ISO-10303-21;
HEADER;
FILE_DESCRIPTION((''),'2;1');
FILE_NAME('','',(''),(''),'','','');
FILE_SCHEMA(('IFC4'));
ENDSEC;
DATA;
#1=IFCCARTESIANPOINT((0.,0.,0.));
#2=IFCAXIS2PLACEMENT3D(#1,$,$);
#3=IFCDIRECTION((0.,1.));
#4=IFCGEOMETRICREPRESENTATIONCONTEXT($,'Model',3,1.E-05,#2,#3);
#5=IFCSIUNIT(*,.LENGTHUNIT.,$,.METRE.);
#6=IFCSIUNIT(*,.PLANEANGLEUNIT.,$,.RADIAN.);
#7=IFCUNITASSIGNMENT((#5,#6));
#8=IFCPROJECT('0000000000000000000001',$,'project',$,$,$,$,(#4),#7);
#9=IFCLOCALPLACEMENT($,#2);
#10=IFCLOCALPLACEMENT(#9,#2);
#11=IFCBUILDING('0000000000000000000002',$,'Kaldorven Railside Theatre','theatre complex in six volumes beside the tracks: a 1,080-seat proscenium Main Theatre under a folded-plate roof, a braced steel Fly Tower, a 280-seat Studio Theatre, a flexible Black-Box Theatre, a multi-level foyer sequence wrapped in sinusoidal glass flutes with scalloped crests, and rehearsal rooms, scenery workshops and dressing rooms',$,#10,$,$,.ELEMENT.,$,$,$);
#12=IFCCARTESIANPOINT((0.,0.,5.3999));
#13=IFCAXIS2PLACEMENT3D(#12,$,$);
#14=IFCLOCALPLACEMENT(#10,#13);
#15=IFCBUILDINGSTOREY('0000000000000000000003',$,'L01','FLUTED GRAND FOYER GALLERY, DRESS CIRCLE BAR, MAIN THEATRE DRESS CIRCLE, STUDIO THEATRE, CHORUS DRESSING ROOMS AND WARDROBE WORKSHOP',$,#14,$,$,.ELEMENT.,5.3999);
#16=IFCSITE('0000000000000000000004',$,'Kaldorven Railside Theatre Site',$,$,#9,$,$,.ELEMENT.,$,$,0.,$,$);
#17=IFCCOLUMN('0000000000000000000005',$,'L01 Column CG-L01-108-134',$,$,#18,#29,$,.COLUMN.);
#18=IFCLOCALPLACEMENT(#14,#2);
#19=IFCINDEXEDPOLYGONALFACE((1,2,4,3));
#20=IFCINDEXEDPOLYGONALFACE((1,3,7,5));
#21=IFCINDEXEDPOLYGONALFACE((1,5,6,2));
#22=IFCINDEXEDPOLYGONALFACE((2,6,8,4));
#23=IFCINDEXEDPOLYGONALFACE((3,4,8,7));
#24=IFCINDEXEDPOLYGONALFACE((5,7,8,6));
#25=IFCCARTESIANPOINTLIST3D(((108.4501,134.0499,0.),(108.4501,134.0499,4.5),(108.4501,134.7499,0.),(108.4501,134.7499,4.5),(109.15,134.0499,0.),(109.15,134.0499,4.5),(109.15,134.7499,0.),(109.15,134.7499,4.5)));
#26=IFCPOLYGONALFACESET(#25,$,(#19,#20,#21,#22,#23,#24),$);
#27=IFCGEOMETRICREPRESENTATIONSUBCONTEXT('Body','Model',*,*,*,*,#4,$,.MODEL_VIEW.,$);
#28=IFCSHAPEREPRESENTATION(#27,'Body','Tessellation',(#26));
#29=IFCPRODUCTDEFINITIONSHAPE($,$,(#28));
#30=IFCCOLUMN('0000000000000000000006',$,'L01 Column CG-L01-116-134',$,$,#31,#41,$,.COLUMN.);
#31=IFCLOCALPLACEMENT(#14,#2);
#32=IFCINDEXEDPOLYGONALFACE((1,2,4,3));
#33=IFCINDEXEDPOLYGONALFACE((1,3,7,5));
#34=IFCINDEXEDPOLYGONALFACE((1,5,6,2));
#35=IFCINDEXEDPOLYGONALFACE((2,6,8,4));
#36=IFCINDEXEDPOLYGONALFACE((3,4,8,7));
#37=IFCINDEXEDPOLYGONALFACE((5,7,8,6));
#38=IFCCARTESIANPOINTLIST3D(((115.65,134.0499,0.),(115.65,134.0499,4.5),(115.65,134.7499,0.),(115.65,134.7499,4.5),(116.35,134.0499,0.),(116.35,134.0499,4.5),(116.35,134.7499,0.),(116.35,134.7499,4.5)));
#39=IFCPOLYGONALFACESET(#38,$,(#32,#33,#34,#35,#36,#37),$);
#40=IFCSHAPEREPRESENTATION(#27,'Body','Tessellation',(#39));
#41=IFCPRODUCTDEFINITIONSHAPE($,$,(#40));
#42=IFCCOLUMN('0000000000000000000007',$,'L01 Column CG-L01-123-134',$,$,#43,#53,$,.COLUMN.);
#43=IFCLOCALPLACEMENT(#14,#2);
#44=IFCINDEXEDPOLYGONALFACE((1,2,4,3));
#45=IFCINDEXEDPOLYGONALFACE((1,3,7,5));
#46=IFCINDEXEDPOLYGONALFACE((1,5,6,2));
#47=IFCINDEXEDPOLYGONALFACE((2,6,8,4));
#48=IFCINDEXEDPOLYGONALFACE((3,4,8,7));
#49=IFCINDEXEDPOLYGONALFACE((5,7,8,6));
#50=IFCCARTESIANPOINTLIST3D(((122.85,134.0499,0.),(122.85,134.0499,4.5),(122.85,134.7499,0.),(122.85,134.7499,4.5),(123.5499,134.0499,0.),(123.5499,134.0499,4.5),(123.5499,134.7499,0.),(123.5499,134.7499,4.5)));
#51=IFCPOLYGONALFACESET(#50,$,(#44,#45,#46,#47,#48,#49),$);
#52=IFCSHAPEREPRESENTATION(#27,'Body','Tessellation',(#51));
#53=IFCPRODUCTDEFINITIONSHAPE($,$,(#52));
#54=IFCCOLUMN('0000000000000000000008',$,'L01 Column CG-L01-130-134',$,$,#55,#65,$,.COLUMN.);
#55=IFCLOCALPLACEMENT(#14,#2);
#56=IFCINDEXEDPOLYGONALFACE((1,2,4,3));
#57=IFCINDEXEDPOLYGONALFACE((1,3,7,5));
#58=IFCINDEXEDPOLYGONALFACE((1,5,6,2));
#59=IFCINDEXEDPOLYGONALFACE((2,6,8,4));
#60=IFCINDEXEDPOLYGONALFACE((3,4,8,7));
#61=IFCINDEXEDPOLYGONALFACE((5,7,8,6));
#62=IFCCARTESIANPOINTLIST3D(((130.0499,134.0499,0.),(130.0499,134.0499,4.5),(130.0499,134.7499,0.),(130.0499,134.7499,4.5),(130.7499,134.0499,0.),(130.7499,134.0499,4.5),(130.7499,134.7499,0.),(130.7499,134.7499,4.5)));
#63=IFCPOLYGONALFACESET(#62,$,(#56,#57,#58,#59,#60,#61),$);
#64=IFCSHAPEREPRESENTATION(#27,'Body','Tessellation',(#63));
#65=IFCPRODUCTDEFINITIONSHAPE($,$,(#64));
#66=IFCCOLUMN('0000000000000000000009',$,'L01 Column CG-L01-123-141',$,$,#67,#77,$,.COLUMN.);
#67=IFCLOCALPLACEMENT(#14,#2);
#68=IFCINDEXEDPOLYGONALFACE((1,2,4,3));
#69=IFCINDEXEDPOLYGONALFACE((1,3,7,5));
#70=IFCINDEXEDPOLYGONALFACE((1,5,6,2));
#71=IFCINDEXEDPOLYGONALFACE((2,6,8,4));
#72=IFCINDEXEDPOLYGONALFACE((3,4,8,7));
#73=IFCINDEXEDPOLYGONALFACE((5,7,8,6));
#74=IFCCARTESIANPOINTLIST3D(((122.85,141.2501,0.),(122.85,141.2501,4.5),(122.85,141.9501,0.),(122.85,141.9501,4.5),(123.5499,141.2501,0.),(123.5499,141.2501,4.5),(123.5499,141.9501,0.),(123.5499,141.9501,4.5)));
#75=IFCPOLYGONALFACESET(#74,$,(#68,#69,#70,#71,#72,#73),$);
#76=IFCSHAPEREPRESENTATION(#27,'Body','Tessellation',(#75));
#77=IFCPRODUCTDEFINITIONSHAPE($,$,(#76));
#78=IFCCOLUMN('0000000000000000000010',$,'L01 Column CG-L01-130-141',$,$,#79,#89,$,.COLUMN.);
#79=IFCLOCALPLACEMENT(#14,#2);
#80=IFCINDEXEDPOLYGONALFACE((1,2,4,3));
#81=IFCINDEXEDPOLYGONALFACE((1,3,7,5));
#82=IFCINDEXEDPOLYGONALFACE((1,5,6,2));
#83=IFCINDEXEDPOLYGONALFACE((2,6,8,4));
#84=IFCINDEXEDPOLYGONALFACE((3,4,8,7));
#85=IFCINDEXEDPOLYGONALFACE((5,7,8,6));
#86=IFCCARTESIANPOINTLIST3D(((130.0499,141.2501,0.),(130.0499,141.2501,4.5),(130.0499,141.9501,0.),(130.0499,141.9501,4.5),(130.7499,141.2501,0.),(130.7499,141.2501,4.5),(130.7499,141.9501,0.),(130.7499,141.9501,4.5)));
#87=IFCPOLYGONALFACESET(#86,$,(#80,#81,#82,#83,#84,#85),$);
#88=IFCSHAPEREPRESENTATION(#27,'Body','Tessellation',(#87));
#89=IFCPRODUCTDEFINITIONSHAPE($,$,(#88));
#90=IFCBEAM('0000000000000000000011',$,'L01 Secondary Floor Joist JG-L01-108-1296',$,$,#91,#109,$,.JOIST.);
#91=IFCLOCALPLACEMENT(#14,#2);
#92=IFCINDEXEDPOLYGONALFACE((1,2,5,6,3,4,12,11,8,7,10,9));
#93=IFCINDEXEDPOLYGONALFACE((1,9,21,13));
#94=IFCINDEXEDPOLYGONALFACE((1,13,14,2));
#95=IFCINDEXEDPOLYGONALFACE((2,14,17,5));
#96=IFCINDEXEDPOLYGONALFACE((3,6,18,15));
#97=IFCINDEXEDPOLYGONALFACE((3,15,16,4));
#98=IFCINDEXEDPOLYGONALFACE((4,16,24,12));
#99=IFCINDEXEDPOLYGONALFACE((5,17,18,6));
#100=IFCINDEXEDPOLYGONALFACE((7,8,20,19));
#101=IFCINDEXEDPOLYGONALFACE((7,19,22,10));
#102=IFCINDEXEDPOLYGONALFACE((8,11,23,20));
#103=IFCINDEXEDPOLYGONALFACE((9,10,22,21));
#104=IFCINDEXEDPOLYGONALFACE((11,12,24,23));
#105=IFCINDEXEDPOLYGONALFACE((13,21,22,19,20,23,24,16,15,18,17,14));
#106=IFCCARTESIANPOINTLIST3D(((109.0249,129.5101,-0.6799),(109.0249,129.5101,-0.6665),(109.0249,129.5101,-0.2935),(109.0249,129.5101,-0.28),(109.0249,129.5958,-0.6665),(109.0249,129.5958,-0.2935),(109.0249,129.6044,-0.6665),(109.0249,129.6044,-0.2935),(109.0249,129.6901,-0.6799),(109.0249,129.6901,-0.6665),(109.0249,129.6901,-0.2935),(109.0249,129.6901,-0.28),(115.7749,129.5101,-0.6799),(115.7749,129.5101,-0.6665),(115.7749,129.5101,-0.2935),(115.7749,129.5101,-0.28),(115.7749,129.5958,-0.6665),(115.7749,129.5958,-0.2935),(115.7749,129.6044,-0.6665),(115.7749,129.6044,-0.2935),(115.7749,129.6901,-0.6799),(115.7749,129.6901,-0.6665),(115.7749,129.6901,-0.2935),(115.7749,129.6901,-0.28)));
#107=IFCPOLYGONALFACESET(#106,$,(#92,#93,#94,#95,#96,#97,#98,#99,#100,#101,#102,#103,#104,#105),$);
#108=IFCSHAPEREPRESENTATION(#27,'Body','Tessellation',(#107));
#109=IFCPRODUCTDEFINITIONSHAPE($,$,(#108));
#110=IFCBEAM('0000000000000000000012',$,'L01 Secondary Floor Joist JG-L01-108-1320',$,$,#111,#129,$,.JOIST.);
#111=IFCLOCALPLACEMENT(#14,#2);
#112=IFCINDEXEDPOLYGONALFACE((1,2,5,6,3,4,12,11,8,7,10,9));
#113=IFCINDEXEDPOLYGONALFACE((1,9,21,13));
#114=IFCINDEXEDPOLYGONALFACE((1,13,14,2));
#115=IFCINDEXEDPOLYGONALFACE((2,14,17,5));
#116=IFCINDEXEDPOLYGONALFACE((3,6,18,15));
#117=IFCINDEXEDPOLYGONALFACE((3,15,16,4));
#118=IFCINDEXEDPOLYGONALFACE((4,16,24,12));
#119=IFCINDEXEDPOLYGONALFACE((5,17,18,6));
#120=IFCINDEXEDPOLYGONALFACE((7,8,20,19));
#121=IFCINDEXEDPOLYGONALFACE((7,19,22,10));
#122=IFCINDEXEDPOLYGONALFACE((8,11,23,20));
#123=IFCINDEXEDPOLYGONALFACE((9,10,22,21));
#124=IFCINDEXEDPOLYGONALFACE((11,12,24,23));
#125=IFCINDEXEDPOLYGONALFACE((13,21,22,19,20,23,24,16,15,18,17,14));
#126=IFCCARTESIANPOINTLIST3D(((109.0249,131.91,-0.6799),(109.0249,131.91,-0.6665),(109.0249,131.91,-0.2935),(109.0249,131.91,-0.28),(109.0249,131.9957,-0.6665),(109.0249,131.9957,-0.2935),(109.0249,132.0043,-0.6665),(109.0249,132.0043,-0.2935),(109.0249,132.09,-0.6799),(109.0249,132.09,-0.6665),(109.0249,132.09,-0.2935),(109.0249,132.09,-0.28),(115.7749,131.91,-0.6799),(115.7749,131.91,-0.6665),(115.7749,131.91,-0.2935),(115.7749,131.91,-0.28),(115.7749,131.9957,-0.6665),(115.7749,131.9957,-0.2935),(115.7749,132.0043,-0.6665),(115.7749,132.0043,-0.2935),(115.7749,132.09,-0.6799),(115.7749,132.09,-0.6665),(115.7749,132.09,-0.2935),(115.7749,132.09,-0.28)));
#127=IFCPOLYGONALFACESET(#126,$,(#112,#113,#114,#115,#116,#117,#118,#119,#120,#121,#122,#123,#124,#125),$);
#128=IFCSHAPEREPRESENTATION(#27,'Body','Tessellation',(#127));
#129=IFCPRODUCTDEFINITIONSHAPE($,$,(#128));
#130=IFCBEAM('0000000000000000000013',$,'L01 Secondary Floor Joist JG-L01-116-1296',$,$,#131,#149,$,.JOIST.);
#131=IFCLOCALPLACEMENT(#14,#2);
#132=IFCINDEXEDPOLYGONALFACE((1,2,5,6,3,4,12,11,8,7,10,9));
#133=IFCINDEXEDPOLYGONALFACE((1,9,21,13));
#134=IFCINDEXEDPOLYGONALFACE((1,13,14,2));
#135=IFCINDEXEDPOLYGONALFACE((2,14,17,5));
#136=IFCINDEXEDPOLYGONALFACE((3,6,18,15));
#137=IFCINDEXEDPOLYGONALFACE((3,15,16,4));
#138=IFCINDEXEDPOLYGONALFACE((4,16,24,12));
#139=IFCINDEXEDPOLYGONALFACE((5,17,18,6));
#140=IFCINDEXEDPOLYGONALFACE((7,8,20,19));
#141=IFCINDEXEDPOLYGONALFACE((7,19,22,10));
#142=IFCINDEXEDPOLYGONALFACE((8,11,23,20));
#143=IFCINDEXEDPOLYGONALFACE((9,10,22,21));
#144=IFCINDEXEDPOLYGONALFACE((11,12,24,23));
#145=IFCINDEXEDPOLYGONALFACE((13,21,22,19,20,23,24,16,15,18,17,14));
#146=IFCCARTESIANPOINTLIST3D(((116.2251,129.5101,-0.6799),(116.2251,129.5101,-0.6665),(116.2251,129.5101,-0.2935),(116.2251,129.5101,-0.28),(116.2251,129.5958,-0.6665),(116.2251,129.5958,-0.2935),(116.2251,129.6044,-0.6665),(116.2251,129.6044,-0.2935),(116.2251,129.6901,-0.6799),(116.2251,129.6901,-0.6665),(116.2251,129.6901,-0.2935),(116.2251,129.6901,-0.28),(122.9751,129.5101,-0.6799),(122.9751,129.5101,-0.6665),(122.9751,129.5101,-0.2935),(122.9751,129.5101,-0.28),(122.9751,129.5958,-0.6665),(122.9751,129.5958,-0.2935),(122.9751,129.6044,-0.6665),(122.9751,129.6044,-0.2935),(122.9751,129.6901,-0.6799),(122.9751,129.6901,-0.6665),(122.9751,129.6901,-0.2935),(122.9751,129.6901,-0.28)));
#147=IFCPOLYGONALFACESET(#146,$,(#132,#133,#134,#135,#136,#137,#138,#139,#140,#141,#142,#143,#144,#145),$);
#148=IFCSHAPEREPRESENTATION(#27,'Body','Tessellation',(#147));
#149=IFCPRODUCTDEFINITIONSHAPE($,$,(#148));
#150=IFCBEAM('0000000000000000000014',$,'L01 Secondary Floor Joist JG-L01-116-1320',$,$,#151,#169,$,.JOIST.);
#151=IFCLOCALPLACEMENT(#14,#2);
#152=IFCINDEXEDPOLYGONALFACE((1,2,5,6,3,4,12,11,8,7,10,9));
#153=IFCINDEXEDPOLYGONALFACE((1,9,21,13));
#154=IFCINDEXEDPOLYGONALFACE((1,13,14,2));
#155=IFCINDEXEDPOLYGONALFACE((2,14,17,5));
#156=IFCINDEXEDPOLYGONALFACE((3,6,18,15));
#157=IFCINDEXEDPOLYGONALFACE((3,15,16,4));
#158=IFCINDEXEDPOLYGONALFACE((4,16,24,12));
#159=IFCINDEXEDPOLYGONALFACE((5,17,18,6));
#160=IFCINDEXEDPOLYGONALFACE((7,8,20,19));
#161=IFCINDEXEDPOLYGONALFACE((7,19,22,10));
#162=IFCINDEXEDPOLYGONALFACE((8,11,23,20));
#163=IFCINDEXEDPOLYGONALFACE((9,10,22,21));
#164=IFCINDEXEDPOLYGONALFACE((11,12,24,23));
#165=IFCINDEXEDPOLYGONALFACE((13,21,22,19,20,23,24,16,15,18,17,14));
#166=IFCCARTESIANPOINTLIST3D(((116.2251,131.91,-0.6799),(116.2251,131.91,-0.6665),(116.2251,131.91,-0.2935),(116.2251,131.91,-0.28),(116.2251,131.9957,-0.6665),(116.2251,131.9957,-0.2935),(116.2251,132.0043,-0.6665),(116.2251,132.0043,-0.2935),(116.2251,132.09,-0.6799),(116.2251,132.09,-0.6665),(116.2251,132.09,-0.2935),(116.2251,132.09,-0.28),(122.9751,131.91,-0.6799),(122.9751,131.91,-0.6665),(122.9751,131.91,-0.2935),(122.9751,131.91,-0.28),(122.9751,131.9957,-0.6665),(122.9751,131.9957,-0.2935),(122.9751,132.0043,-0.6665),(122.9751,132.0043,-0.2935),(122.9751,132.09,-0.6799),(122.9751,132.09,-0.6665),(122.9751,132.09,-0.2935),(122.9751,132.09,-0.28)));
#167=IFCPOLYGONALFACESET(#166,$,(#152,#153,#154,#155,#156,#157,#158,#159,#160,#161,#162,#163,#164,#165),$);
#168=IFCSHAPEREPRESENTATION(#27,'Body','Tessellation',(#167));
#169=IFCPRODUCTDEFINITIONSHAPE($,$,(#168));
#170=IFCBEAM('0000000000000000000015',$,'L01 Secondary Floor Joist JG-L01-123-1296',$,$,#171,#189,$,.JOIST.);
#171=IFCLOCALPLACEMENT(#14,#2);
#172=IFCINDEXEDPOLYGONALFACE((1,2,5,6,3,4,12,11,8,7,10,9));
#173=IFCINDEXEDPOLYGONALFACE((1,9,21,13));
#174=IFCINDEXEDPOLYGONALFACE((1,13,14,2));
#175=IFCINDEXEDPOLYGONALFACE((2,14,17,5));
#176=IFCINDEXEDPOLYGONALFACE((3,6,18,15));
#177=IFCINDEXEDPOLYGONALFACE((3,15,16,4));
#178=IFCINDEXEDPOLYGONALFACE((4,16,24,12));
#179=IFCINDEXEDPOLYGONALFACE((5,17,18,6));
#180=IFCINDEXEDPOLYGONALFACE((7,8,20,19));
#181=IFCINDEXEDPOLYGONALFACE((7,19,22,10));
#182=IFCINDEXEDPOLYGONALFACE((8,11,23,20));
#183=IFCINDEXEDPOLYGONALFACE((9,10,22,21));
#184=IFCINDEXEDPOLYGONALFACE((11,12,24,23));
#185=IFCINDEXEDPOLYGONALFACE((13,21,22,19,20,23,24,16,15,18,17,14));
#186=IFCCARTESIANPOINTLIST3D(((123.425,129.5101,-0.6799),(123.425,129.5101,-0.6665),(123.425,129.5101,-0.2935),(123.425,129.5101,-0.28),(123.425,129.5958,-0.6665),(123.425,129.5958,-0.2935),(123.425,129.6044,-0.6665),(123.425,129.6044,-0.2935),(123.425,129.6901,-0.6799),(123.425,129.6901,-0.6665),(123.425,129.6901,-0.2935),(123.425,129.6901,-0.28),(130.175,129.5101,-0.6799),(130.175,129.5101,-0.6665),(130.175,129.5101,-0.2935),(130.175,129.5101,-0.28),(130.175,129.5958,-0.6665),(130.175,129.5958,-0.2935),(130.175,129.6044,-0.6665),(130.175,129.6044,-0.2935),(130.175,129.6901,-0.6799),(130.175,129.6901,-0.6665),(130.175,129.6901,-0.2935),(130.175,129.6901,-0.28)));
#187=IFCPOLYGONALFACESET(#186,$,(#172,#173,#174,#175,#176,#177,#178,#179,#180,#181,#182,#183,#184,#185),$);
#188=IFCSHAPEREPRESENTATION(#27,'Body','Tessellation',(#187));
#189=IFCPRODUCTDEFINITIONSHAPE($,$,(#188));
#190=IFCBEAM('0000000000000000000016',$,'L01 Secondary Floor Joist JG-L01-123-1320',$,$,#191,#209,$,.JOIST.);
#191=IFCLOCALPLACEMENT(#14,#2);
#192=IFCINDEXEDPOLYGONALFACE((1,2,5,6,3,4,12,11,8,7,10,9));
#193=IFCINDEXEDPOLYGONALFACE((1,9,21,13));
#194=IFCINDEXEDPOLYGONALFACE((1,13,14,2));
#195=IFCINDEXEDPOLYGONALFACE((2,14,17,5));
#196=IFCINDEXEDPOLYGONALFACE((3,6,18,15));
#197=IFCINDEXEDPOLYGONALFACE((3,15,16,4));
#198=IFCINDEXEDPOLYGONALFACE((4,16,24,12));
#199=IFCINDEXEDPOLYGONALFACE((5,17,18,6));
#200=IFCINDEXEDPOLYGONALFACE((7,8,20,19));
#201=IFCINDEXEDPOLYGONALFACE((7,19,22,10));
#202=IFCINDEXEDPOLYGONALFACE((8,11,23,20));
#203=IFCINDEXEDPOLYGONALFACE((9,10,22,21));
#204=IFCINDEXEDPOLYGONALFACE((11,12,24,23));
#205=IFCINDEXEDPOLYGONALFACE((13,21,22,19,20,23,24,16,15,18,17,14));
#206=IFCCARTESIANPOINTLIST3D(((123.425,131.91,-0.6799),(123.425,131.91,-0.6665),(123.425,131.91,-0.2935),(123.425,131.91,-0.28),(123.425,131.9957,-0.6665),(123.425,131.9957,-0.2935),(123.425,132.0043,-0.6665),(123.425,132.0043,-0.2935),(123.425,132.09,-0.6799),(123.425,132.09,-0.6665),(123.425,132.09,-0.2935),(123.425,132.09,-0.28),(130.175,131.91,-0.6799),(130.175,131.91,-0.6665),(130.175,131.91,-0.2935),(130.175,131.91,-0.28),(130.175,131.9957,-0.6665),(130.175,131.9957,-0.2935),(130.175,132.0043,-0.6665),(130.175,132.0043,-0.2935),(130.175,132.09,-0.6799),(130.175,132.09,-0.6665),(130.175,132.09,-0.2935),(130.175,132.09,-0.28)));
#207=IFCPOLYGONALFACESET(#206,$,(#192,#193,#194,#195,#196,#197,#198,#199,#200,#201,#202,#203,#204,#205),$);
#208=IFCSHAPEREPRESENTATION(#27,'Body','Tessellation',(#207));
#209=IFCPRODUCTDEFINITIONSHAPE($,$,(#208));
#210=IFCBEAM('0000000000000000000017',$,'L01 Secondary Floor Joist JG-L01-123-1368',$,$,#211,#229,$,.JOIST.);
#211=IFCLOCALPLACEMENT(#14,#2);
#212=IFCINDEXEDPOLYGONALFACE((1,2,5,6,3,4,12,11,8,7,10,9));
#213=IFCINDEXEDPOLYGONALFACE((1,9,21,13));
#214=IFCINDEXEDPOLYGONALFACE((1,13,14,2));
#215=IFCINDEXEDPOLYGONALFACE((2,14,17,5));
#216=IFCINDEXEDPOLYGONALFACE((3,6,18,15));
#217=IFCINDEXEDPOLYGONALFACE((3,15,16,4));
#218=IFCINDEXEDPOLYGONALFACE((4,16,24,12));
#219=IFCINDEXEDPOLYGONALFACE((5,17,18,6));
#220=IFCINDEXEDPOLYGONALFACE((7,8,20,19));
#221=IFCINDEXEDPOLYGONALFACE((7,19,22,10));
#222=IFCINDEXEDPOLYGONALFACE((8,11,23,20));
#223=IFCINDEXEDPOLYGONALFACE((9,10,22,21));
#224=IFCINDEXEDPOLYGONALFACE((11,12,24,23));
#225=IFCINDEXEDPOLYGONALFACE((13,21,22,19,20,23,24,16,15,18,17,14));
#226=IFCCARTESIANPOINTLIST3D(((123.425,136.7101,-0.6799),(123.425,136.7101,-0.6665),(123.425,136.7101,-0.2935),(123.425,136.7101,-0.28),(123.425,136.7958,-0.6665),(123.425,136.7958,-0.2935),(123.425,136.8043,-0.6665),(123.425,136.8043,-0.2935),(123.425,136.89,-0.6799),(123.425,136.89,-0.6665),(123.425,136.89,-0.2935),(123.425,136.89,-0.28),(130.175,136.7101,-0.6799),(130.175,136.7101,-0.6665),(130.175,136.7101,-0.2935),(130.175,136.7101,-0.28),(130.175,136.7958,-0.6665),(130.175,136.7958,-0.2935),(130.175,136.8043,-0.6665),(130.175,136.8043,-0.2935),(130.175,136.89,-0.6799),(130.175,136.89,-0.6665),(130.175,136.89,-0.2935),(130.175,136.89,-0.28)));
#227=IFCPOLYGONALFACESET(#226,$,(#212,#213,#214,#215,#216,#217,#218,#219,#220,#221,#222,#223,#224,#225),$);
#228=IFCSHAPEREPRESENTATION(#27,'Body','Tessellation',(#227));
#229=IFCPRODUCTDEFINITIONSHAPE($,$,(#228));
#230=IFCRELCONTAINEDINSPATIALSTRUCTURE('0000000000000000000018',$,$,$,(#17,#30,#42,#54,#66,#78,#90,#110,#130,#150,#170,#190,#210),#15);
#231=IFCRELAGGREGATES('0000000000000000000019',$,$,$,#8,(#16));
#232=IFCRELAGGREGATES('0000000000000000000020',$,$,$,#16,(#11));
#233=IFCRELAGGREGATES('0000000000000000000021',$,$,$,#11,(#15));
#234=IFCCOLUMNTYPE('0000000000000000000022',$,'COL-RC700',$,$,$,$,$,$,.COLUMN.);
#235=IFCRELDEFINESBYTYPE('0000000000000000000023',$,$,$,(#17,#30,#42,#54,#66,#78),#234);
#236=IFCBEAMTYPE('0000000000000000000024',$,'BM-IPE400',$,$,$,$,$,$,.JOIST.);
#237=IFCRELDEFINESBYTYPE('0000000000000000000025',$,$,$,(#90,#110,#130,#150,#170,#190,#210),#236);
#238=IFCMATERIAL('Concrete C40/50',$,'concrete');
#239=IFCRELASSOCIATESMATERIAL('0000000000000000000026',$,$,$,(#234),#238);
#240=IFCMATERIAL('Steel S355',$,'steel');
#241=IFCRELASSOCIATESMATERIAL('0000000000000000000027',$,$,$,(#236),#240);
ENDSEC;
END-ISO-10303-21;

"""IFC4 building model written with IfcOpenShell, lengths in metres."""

from ifc_helpers import new_model, si_unit, direction, frame, origin, origin_2d, place, context, subcontext, project, spatial, rectangle, i_section, extrude, material, material_profile, profile_set, type_object, element, save


model = new_model("IFC4")

# Units and contexts
model_context = context("Model", 3, precision=1e-05, world=origin(), true_north=direction((0.0, 1.0)))
body_context = subcontext(model_context, "Body", "Model", "MODEL_VIEW")
ifc_project = project(units=[si_unit("LENGTHUNIT", "METRE"), si_unit("PLANEANGLEUNIT", "RADIAN")], contexts=[model_context])

# Site, building, storey
site_placement = place(None, origin())
site = spatial("IfcSite", under=ifc_project, at=site_placement, Name="Kaldorven Railside Theatre Site", CompositionType="ELEMENT", RefElevation=0.0)
building_placement = place(site_placement, origin())
building = spatial("IfcBuilding", under=site, at=building_placement, Name="Kaldorven Railside Theatre", Description="theatre complex in six volumes beside the tracks: a 1,080-seat proscenium Main Theatre under a folded-plate roof, a braced steel Fly Tower, a 280-seat Studio Theatre, a flexible Black-Box Theatre, a multi-level foyer sequence wrapped in sinusoidal glass flutes with scalloped crests, and rehearsal rooms, scenery workshops and dressing rooms", CompositionType="ELEMENT")
storey_placement = place(building_placement, frame((0.0, 0.0, 5.3999)))
storey = spatial("IfcBuildingStorey", under=building, at=storey_placement, Name="L01", Description="FLUTED GRAND FOYER GALLERY, DRESS CIRCLE BAR, MAIN THEATRE DRESS CIRCLE, STUDIO THEATRE, CHORUS DRESSING ROOMS AND WARDROBE WORKSHOP", CompositionType="ELEMENT", Elevation=5.3999)

# Columns
ifc_material_1 = material(Name="Concrete C40/50", Category="concrete")
ifc_material_profile_1 = material_profile(ifc_material_1, rectangle(XDim=0.7, YDim=0.7, at=origin_2d()), Name="RC 700x700")
ifc_profile_set_1 = profile_set([ifc_material_profile_1], Name="Concrete C40/50")
column_type = type_object("IfcColumnType", Name="COL-RC700", PredefinedType="COLUMN", material=ifc_profile_set_1)
for number, where, z_axis, x_axis, name in (
    (1, (108.8, 134.3999, 0.0), (0.0, 0.0, 1.0), (0.0, 1.0, 0.0), "L01 Column CG-L01-108-134"),
    (2, (116.0, 134.3999, 0.0), (0.0, 0.0, 1.0), (1.0, 0.0, 0.0), "L01 Column CG-L01-116-134"),
    (3, (123.2, 134.3999, 0.0), (0.0, 0.0, 1.0), (0.0, 1.0, 0.0), "L01 Column CG-L01-123-134"),
    (4, (130.3999, 134.3999, 0.0), (0.0, 0.0, 1.0), (1.0, 0.0, 0.0), "L01 Column CG-L01-130-134"),
    (5, (123.2, 141.6001, 0.0), (0.0, 0.0, 1.0), (1.0, 0.0, 0.0), "L01 Column CG-L01-123-141"),
    (6, (130.3999, 141.6001, 0.0), (0.0, 0.0, 1.0), (1.0, 0.0, 0.0), "L01 Column CG-L01-130-141"),
):
    element("IfcColumn", number, at=place(storey_placement, frame(where, z_axis=z_axis, x_axis=x_axis)), inside=storey, type_object=column_type, Name=name, PredefinedType="COLUMN", context=body_context, shape_type="SweptSolid", body=[
        extrude(rectangle(XDim=0.7, YDim=0.7, at=origin_2d()), origin(), (0.0, 0.0, 1.0), 4.5),
    ])

# Beams
ifc_material_2 = material(Name="Steel S355", Category="steel")
ifc_material_profile_2 = material_profile(ifc_material_2, i_section(OverallWidth=0.1799, OverallDepth=0.3999, WebThickness=0.0085, FlangeThickness=0.0134, at=origin_2d()), Name="IPE 400")
ifc_profile_set_2 = profile_set([ifc_material_profile_2], Name="Steel S355")
beam_type_1 = type_object("IfcBeamType", Name="BM-IPE400", PredefinedType="JOIST", material=ifc_profile_set_2)
for number, where, z_axis, x_axis, name in (
    (7, (109.0249, 129.6001, -0.48), (1.0, 0.0, 0.0), (0.0, 1.0, 0.0), "L01 Secondary Floor Joist JG-L01-108-1296"),
    (8, (109.0249, 132.0, -0.48), (1.0, 0.0, 0.0), (0.0, 1.0, 0.0), "L01 Secondary Floor Joist JG-L01-108-1320"),
    (9, (116.2251, 129.6001, -0.48), (1.0, 0.0, 0.0), (0.0, 1.0, 0.0), "L01 Secondary Floor Joist JG-L01-116-1296"),
    (10, (116.2251, 132.0, -0.48), (1.0, 0.0, 0.0), (0.0, 1.0, 0.0), "L01 Secondary Floor Joist JG-L01-116-1320"),
    (11, (123.425, 129.6001, -0.48), (1.0, 0.0, 0.0), (0.0, 1.0, 0.0), "L01 Secondary Floor Joist JG-L01-123-1296"),
    (12, (123.425, 132.0, -0.48), (1.0, 0.0, 0.0), (0.0, 1.0, 0.0), "L01 Secondary Floor Joist JG-L01-123-1320"),
    (13, (123.425, 136.8, -0.48), (1.0, 0.0, 0.0), (0.0, 1.0, 0.0), "L01 Secondary Floor Joist JG-L01-123-1368"),
):
    element("IfcBeam", number, at=place(storey_placement, frame(where, z_axis=z_axis, x_axis=x_axis)), inside=storey, type_object=beam_type_1, Name=name, PredefinedType="JOIST", context=body_context, shape_type="SweptSolid", body=[
        extrude(i_section(OverallWidth=0.1799, OverallDepth=0.3999, WebThickness=0.0085, FlangeThickness=0.0134, at=origin_2d()), origin(), (0.0, 0.0, 1.0), 6.75),
    ])

save(model, "model.ifc")
